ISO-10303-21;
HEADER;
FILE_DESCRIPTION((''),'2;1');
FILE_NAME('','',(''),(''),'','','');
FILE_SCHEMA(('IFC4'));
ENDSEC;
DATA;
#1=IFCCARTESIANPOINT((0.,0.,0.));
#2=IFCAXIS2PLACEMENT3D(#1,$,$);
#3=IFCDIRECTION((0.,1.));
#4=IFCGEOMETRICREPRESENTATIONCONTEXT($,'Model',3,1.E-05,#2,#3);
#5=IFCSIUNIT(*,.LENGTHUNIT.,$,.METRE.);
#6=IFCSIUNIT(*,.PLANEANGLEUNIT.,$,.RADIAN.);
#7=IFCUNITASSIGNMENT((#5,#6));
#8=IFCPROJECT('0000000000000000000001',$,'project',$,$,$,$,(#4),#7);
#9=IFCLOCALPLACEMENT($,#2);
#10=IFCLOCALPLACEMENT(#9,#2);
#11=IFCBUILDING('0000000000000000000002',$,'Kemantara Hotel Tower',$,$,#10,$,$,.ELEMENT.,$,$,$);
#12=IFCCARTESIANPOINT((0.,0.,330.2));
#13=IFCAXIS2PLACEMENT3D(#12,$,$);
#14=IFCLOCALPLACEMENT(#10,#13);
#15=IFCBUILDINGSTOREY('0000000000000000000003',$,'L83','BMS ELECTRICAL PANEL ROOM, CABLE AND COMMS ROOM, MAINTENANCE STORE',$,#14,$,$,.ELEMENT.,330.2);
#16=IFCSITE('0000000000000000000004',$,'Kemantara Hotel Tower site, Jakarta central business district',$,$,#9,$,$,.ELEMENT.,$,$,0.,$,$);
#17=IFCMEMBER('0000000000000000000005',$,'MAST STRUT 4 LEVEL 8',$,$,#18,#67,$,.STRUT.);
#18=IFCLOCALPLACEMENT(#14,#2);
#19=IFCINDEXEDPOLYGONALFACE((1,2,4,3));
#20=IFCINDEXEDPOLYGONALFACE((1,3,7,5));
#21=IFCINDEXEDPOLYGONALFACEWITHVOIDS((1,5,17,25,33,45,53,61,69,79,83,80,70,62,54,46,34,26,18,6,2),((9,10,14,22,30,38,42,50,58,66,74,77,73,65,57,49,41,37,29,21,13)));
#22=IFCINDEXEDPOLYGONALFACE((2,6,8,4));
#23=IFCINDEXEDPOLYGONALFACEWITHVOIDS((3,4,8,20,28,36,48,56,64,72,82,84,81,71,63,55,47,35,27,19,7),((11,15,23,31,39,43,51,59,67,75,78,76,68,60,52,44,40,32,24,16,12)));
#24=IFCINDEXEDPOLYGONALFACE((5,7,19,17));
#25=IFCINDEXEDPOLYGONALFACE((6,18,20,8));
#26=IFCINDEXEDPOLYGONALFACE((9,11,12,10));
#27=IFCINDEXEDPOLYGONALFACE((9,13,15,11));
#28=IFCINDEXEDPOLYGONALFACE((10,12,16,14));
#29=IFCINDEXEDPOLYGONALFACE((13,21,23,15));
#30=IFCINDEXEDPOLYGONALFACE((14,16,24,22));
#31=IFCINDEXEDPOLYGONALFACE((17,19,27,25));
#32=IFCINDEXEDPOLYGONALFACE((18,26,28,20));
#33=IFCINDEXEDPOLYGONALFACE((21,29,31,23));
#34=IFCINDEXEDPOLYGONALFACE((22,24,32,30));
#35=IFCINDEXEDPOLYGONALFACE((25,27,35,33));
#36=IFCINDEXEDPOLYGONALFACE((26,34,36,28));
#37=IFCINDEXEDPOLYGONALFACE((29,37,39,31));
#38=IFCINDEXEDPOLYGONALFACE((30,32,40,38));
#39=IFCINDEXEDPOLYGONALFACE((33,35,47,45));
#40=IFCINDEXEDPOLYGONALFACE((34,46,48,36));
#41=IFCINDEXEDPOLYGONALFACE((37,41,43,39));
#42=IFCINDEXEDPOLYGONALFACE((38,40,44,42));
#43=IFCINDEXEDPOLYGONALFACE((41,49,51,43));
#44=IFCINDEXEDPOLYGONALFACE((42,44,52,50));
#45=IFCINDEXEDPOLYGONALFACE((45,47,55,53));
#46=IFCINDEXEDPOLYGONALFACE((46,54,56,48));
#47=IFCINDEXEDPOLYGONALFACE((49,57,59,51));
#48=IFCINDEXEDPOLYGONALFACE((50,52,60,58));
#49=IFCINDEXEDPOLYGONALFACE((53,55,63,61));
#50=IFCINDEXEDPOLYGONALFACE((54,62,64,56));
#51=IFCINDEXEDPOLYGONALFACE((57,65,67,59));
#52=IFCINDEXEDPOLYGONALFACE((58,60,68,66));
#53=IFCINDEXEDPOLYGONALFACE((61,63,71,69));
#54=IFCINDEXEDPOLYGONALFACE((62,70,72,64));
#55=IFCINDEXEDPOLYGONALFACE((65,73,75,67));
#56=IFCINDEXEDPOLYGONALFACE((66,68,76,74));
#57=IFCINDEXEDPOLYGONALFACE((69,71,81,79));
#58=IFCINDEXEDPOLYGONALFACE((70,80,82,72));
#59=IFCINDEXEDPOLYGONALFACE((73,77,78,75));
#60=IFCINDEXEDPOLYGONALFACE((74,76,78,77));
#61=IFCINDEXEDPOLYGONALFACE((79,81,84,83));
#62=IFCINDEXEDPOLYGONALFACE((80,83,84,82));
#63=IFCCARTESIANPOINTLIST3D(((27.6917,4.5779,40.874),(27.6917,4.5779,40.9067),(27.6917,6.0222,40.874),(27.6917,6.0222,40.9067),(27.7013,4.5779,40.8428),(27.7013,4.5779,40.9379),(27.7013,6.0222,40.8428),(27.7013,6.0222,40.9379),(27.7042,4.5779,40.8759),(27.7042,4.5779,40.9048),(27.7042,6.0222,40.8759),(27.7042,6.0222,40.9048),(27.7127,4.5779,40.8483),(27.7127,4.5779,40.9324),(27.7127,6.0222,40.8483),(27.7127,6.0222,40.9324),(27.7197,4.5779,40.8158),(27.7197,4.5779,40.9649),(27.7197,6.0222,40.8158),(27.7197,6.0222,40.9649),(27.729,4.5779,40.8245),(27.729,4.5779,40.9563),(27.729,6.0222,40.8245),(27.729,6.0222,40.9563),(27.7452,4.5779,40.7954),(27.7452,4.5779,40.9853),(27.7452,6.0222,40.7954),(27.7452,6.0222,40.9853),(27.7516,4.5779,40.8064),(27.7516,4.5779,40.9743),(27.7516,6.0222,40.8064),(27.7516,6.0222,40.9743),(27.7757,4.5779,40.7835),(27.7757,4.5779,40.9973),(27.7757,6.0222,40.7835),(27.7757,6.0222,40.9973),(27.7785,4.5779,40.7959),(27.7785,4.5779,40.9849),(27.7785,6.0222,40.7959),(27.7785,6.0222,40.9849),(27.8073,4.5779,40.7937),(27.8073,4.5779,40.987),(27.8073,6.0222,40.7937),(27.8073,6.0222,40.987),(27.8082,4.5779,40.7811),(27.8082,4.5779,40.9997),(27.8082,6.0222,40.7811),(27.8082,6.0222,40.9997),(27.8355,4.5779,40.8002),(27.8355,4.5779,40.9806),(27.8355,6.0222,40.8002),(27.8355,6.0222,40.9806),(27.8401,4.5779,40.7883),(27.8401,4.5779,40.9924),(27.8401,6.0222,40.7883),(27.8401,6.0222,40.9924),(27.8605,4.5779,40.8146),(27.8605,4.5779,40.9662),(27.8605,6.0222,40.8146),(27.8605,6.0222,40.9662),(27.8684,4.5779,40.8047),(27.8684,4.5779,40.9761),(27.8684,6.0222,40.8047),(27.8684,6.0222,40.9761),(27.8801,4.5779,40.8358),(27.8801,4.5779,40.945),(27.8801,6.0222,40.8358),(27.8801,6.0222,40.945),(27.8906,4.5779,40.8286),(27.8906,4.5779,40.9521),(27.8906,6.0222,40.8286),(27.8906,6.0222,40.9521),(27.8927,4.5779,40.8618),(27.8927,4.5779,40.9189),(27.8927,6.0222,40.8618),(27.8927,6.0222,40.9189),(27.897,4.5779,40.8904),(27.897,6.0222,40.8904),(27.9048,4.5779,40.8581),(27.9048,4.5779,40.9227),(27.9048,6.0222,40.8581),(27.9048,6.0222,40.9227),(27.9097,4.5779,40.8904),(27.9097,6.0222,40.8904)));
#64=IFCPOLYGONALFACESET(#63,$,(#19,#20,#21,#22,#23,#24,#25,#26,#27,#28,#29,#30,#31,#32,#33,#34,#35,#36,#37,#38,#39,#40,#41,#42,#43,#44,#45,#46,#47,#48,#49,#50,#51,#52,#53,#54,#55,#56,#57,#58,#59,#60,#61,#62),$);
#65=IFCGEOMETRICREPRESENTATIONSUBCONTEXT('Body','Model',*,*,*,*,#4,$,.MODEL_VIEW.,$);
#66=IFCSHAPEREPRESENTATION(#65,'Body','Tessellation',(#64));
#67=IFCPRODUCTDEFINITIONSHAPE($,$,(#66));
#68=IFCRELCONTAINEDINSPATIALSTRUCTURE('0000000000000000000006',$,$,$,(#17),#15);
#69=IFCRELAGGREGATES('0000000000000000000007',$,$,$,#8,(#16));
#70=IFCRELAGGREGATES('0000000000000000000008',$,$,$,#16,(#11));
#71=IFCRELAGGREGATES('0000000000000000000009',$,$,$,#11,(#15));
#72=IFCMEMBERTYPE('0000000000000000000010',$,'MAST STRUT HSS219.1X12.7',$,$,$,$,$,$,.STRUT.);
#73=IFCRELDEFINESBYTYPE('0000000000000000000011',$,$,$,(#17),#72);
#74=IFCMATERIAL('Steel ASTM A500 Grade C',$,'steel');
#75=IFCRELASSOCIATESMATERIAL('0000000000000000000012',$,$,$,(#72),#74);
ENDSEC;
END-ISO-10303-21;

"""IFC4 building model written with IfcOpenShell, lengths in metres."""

from ifc_helpers import new_model, si_unit, direction, frame, origin, origin_2d, place, context, subcontext, project, spatial, hollow_circle, extrude, material, material_profile, profile_set, type_object, element, save


model = new_model("IFC4")

# Units and contexts
model_context = context("Model", 3, precision=1e-05, world=origin(), true_north=direction((0.0, 1.0)))
body_context = subcontext(model_context, "Body", "Model", "MODEL_VIEW")
ifc_project = project(units=[si_unit("LENGTHUNIT", "METRE"), si_unit("PLANEANGLEUNIT", "RADIAN")], contexts=[model_context])

# Site, building, storey
site_placement = place(None, origin())
site = spatial("IfcSite", under=ifc_project, at=site_placement, Name="Kemantara Hotel Tower site, Jakarta central business district", CompositionType="ELEMENT", RefElevation=0.0)
building_placement = place(site_placement, origin())
building = spatial("IfcBuilding", under=site, at=building_placement, Name="Kemantara Hotel Tower", CompositionType="ELEMENT")
storey_placement = place(building_placement, frame((0.0, 0.0, 330.2)))
storey = spatial("IfcBuildingStorey", under=building, at=storey_placement, Name="L83", Description="BMS ELECTRICAL PANEL ROOM, CABLE AND COMMS ROOM, MAINTENANCE STORE", CompositionType="ELEMENT", Elevation=330.2)

# Member
ifc_material = material(Name="Steel ASTM A500 Grade C", Category="steel")
ifc_material_profile_1 = material_profile(ifc_material, hollow_circle(Radius=0.1096, WallThickness=0.0127, at=origin_2d()), Name="HSS219.1X12.7")
ifc_profile_set_1 = profile_set([ifc_material_profile_1], Name="Steel ASTM A500 Grade C")
member_type_1 = type_object("IfcMemberType", Name="MAST STRUT HSS219.1X12.7", PredefinedType="STRUT", material=ifc_profile_set_1)
member_1_placement = place(storey_placement, frame((27.8, 6.0222, 40.8904), z_axis=(0.0, -1.0, 0.0), x_axis=(1.0, 0.0, 0.0)))
element("IfcMember", 1, at=member_1_placement, inside=storey, type_object=member_type_1, Name="MAST STRUT 4 LEVEL 8", PredefinedType="STRUT", context=body_context, shape_type="SweptSolid", body=[
    extrude(hollow_circle(Radius=0.1096, WallThickness=0.0127, at=origin_2d()), origin(), (0.0, 0.0, 1.0), 1.4443),
])

save(model, "model.ifc")
